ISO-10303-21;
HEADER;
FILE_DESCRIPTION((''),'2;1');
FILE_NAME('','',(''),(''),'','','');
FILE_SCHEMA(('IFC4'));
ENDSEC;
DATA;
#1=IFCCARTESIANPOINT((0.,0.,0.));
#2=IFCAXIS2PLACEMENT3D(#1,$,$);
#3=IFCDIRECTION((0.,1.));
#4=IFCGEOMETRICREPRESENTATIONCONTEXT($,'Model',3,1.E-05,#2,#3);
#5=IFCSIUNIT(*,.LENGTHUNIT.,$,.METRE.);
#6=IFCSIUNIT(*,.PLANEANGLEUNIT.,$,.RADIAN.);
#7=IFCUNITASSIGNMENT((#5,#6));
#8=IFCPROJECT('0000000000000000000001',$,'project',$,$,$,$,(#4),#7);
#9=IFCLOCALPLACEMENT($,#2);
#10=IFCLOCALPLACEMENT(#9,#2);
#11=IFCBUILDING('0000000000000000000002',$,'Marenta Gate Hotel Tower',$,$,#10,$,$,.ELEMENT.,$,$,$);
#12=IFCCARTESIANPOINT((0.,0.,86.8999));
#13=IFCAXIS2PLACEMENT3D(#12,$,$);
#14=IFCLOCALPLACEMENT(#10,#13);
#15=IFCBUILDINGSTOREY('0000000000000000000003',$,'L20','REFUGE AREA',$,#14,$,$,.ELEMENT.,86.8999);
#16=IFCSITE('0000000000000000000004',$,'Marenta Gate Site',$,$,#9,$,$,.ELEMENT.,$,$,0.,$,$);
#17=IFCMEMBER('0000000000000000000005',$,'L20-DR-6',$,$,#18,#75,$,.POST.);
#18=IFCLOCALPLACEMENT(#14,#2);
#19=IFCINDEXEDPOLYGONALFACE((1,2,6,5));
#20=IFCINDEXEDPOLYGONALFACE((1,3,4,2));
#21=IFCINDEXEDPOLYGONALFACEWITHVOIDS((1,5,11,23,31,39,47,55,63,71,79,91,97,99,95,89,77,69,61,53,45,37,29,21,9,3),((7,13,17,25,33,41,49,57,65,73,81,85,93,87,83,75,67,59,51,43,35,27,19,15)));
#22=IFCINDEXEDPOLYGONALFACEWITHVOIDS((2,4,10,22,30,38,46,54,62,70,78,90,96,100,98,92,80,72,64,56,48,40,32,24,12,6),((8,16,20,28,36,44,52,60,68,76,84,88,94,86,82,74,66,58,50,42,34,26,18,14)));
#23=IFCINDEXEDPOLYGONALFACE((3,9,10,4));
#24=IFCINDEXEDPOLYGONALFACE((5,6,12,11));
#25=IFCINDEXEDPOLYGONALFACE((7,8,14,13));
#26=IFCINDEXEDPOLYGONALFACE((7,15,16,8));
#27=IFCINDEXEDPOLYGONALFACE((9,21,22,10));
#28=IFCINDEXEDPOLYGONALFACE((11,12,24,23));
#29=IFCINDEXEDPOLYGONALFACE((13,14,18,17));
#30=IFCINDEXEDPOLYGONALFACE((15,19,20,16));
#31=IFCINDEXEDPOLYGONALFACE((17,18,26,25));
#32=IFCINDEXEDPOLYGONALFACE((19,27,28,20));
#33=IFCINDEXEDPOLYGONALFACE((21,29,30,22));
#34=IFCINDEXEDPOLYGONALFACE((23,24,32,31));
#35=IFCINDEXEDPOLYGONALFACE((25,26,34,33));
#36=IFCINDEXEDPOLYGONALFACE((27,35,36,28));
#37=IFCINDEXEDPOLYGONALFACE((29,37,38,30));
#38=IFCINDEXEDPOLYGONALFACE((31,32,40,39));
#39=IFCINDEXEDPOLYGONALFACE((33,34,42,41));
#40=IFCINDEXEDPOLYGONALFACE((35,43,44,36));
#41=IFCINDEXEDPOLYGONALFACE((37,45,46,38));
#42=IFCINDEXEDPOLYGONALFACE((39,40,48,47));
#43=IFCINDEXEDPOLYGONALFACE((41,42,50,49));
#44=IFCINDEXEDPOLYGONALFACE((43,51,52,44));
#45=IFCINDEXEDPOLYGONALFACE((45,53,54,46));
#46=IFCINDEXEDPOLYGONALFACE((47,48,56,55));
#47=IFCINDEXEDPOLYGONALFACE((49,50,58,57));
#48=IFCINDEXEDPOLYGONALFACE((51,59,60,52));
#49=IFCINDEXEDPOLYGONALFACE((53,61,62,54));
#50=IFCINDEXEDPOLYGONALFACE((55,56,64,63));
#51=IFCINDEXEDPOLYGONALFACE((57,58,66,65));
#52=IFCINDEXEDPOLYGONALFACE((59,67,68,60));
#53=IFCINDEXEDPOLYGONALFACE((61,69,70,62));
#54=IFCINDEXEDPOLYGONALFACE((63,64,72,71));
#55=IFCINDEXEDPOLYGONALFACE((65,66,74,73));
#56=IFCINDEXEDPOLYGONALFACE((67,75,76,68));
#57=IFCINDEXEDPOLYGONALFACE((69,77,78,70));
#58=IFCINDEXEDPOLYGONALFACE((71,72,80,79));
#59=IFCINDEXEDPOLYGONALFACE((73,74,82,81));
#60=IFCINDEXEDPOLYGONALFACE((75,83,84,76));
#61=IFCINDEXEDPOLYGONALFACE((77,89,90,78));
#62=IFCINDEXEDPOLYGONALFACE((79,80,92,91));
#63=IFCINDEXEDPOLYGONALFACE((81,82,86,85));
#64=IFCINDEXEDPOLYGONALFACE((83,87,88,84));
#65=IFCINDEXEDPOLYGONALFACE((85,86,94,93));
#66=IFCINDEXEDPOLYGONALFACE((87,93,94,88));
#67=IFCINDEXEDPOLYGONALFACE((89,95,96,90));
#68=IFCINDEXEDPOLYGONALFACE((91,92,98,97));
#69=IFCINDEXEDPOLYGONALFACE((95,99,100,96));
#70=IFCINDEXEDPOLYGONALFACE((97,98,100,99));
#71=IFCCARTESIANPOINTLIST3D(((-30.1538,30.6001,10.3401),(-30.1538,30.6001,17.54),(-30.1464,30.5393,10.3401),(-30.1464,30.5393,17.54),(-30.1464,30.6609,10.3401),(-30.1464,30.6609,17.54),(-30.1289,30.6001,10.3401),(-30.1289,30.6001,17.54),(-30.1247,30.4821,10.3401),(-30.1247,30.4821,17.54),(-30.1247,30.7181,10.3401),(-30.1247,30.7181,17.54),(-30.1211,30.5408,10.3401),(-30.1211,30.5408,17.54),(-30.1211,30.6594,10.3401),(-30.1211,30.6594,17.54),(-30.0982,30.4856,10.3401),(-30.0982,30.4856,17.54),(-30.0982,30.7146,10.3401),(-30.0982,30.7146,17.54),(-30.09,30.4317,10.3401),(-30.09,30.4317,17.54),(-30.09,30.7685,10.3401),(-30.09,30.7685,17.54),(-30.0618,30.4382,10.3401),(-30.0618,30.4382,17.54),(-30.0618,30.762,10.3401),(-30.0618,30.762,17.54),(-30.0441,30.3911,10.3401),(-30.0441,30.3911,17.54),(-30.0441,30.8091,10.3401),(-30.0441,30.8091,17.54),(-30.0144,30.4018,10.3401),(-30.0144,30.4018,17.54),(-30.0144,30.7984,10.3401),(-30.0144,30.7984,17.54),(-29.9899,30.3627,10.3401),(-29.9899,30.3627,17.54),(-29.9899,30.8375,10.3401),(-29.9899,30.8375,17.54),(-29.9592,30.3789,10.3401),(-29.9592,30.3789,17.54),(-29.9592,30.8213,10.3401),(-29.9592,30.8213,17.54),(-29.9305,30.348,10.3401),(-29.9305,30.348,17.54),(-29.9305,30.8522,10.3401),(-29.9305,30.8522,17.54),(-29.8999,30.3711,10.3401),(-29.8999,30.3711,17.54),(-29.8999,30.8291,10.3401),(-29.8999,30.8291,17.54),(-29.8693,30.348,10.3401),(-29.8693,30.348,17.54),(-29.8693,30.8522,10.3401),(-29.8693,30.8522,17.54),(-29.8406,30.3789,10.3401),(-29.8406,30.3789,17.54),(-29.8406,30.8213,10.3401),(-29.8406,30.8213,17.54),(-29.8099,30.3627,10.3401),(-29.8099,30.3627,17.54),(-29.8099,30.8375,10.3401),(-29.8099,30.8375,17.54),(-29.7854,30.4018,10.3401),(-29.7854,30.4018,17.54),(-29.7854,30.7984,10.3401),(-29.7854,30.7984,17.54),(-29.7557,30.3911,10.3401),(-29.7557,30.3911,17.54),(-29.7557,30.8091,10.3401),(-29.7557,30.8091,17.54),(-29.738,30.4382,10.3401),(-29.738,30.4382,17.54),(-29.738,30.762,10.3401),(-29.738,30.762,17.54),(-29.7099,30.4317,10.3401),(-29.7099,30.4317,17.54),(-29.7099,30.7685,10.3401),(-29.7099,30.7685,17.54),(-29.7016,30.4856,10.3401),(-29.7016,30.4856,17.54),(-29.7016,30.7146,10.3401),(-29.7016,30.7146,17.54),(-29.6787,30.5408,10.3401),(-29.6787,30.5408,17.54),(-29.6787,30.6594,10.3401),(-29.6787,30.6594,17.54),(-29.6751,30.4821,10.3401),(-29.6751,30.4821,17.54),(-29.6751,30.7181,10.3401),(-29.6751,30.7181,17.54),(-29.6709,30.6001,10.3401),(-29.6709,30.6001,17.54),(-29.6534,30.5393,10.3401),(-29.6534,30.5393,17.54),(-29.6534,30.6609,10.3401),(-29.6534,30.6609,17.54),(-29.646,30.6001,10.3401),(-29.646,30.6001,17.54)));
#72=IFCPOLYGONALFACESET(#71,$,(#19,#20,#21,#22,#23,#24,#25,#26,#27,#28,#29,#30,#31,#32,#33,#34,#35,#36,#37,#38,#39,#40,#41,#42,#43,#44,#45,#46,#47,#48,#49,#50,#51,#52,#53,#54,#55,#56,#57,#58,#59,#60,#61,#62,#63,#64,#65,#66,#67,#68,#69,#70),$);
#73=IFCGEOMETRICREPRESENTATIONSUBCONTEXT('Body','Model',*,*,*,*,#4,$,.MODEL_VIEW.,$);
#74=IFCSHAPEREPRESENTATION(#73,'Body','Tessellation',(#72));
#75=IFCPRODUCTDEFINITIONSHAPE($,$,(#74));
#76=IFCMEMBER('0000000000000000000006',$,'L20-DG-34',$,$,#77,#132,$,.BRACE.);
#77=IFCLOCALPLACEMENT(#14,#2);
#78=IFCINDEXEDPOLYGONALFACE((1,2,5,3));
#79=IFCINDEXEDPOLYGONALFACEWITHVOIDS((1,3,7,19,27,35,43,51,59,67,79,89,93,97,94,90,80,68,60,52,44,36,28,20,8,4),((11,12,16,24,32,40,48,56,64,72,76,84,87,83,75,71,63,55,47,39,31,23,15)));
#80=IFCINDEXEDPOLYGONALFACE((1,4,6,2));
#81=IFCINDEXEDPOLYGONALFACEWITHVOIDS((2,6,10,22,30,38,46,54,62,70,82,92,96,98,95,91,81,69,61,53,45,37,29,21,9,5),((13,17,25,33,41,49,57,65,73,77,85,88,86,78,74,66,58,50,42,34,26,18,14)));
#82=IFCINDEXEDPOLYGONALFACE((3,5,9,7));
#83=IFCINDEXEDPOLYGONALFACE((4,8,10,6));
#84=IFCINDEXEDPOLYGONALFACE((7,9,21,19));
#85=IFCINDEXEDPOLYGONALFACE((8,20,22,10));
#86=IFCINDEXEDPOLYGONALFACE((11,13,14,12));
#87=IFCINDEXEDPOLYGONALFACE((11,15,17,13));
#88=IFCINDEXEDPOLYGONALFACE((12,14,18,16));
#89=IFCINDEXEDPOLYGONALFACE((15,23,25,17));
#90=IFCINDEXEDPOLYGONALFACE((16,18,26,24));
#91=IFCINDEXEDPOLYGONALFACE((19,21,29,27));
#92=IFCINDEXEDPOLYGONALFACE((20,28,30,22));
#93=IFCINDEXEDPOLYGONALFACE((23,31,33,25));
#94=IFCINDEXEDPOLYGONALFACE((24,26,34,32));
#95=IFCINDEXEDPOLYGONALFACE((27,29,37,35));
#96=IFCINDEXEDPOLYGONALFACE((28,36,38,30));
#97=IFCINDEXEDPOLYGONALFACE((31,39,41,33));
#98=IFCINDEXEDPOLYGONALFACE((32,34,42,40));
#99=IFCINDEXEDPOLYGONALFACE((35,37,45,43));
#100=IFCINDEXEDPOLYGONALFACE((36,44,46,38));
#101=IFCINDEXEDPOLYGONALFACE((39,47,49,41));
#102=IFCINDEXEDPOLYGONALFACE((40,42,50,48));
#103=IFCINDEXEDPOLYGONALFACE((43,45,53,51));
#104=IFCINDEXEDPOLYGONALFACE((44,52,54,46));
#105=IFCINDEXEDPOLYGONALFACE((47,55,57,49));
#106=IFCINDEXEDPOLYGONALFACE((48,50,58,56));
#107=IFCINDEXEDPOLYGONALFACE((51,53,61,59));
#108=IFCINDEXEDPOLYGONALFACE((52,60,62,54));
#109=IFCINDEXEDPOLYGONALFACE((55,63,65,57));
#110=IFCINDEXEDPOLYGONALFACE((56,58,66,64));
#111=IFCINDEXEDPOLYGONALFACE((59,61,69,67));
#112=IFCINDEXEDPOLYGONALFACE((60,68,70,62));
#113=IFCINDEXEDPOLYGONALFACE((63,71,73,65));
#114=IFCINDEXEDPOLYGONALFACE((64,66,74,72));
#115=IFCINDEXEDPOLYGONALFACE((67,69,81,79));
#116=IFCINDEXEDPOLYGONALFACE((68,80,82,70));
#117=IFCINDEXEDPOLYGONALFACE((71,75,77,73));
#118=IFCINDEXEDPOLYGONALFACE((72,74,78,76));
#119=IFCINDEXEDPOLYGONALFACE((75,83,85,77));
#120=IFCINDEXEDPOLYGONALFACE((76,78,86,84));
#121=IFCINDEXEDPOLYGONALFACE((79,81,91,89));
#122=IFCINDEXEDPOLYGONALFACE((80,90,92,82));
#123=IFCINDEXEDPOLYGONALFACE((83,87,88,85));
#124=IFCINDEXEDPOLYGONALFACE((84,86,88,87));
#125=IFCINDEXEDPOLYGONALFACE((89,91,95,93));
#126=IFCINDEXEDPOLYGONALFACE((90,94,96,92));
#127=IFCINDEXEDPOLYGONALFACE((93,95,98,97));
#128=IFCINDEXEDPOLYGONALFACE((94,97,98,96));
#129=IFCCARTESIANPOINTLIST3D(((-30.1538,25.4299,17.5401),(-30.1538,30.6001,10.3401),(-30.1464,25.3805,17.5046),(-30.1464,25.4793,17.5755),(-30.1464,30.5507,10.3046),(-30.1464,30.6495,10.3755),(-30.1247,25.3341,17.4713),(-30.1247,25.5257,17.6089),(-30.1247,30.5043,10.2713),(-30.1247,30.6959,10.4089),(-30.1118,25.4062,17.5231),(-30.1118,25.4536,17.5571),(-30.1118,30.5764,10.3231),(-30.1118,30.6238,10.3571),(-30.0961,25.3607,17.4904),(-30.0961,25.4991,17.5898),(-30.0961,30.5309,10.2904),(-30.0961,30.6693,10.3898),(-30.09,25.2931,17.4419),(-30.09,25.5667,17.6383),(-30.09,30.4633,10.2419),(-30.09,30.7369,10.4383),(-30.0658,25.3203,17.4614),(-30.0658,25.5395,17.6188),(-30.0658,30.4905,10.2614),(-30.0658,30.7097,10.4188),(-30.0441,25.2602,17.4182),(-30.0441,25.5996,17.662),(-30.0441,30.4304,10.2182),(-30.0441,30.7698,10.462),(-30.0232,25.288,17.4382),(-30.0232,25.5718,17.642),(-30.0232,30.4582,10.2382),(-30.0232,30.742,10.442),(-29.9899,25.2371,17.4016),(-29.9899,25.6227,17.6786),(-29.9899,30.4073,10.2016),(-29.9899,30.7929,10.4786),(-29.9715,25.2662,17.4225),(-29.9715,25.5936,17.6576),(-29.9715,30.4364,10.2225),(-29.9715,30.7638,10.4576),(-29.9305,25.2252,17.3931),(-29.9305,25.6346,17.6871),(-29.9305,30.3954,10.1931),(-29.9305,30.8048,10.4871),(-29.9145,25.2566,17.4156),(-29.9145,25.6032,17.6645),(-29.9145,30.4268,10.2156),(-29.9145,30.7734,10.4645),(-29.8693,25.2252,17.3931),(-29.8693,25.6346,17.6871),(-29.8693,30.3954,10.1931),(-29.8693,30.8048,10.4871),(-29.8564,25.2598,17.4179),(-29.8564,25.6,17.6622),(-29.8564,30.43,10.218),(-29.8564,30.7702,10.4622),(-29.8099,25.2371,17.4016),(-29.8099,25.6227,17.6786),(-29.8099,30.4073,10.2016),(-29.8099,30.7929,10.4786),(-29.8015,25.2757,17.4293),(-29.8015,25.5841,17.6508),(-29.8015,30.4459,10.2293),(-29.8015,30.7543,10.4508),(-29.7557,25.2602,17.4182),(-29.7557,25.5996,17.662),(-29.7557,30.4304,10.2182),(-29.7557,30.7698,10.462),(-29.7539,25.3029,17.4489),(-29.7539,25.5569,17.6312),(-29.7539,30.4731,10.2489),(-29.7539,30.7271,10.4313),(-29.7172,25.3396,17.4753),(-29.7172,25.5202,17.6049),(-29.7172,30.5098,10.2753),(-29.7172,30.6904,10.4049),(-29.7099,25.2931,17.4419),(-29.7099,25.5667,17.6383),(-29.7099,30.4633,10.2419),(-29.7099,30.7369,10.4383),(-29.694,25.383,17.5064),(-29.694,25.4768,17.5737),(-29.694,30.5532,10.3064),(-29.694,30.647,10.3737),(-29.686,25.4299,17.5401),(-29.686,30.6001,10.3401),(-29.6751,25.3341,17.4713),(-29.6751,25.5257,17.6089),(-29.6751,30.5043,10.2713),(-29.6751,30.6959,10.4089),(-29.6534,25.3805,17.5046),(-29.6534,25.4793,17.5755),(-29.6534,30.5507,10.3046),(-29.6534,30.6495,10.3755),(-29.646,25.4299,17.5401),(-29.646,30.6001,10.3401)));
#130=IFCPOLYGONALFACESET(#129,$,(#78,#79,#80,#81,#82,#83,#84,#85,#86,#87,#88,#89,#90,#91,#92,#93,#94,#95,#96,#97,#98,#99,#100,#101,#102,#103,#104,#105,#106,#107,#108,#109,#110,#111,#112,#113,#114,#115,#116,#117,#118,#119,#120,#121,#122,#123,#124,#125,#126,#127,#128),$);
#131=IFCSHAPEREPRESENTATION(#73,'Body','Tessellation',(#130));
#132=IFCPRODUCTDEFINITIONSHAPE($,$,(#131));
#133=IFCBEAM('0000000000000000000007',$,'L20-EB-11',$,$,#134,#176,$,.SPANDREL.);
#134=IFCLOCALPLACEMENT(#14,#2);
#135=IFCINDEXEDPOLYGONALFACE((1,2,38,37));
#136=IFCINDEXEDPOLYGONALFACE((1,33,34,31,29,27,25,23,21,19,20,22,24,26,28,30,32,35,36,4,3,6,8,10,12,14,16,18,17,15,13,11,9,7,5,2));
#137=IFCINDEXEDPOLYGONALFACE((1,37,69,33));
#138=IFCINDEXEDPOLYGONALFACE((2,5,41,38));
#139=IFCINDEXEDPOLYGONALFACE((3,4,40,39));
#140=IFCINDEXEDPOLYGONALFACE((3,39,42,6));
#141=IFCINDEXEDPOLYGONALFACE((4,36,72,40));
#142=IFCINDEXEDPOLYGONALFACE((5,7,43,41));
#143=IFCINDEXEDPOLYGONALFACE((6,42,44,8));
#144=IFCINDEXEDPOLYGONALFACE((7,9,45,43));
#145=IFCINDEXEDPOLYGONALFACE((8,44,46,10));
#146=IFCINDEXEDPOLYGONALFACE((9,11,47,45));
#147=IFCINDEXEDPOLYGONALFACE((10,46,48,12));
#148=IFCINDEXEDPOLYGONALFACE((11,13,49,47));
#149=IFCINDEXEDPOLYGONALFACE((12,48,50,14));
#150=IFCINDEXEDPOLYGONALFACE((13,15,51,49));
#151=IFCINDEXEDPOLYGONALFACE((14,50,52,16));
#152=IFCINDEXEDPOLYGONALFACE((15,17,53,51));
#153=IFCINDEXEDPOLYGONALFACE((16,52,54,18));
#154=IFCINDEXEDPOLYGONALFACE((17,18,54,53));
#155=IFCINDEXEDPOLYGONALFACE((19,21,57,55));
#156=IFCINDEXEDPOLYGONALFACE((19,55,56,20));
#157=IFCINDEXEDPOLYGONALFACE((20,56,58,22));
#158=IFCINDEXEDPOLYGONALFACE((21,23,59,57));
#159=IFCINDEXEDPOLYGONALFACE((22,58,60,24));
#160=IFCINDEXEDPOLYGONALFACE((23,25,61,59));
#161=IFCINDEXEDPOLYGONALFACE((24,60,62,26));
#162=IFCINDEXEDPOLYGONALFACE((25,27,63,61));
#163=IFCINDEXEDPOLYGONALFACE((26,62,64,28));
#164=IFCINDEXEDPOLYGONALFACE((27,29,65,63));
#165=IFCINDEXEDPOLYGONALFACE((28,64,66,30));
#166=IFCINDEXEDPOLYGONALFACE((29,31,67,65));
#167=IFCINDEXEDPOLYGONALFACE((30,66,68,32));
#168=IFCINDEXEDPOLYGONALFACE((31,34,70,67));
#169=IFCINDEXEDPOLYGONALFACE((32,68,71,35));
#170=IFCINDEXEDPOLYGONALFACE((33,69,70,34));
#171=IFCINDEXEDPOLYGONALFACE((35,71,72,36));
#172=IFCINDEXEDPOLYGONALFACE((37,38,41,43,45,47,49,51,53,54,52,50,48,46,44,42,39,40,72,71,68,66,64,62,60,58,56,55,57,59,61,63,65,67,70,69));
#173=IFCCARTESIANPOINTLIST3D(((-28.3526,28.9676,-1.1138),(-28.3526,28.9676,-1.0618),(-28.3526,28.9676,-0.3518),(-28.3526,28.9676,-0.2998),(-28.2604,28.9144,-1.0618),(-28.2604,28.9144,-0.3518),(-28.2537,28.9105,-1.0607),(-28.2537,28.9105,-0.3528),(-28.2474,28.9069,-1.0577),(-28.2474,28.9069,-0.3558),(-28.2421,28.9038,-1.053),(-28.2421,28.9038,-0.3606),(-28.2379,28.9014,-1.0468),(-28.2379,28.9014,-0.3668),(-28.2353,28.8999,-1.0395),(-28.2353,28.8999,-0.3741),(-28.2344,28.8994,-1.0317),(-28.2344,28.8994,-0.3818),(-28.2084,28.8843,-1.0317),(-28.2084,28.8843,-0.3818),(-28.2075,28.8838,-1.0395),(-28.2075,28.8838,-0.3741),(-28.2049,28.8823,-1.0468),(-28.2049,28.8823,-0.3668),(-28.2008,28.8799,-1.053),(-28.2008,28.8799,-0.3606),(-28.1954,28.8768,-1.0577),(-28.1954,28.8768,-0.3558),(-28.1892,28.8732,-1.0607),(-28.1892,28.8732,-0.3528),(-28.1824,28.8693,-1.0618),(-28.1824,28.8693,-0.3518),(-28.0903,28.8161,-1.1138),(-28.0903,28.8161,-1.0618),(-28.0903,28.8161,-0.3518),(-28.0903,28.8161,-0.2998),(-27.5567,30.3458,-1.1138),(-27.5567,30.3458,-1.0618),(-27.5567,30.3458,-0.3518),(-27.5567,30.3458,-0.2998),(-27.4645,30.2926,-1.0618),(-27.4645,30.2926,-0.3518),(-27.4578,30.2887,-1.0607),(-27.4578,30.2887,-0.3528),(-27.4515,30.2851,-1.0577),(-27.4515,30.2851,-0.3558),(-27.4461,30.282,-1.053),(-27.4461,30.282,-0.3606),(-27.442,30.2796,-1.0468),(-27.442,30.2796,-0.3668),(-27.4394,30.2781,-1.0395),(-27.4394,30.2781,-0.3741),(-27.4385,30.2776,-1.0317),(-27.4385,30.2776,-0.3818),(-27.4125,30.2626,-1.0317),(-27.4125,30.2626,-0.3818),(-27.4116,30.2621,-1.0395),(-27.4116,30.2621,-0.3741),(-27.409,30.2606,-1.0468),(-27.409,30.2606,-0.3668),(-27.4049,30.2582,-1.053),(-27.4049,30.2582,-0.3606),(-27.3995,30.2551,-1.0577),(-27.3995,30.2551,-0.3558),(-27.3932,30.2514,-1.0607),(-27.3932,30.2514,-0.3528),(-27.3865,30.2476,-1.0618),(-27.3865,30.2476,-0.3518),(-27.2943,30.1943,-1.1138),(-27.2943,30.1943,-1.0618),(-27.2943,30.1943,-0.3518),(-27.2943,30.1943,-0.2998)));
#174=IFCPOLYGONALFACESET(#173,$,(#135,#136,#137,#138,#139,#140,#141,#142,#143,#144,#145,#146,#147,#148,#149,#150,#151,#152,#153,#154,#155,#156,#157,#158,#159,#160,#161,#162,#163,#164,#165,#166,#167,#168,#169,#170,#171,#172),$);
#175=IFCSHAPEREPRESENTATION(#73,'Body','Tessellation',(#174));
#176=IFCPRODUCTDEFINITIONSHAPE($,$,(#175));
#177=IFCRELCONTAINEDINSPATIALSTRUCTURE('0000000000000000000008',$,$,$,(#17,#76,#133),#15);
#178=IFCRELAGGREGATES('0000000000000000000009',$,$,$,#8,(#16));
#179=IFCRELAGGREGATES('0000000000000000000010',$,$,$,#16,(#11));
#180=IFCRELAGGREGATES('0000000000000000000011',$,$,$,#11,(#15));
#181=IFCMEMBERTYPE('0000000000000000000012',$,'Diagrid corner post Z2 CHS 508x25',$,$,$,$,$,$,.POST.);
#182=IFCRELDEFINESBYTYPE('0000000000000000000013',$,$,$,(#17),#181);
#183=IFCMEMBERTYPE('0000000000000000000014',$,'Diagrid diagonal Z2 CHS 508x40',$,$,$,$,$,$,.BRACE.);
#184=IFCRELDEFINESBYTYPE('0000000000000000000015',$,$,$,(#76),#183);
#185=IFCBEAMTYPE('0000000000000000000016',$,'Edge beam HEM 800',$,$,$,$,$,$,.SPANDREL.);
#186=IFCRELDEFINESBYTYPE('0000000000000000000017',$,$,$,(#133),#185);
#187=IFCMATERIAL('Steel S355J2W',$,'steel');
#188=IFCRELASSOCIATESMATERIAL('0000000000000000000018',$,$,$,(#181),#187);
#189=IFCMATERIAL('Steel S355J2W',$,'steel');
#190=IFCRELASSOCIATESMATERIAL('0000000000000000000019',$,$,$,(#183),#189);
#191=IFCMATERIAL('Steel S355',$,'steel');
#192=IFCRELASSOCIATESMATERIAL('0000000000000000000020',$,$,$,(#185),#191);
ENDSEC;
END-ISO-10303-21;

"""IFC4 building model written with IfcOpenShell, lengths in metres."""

from ifc_helpers import new_model, si_unit, direction, frame, origin, origin_2d, place, context, subcontext, project, spatial, hollow_circle, i_section, extrude, material, material_profile, profile_set, type_object, element, save


model = new_model("IFC4")

# Units and contexts
model_context = context("Model", 3, precision=1e-05, world=origin(), true_north=direction((0.0, 1.0)))
body_context = subcontext(model_context, "Body", "Model", "MODEL_VIEW")
ifc_project = project(units=[si_unit("LENGTHUNIT", "METRE"), si_unit("PLANEANGLEUNIT", "RADIAN")], contexts=[model_context])

# Site, building, storey
site_placement = place(None, origin())
site = spatial("IfcSite", under=ifc_project, at=site_placement, Name="Marenta Gate Site", CompositionType="ELEMENT", RefElevation=0.0)
building_placement = place(site_placement, origin())
building = spatial("IfcBuilding", under=site, at=building_placement, Name="Marenta Gate Hotel Tower", CompositionType="ELEMENT")
storey_placement = place(building_placement, frame((0.0, 0.0, 86.8999)))
storey = spatial("IfcBuildingStorey", under=building, at=storey_placement, Name="L20", Description="REFUGE AREA", CompositionType="ELEMENT", Elevation=86.8999)

# Members
ifc_material_1 = material(Name="Steel S355J2W", Category="steel")
ifc_material_profile_1 = material_profile(ifc_material_1, hollow_circle(Radius=0.2539, WallThickness=0.0249, at=origin_2d()), Name="CHS 508x25")
ifc_profile_set_1 = profile_set([ifc_material_profile_1], Name="Steel S355J2W")
member_type_1 = type_object("IfcMemberType", Name="Diagrid corner post Z2 CHS 508x25", PredefinedType="POST", material=ifc_profile_set_1)
member_1_placement = place(storey_placement, frame((-29.8999, 30.6001, 10.3401), z_axis=(0.0, 0.0, 1.0), x_axis=(1.0, 0.0, 0.0)))
element("IfcMember", 1, at=member_1_placement, inside=storey, type_object=member_type_1, Name="L20-DR-6", PredefinedType="POST", context=body_context, shape_type="SweptSolid", body=[
    extrude(hollow_circle(Radius=0.2539, WallThickness=0.0249, at=origin_2d()), origin(), (0.0, 0.0, 1.0), 7.2),
])
ifc_material_2 = material(Name="Steel S355J2W", Category="steel")
ifc_material_profile_2 = material_profile(ifc_material_2, hollow_circle(Radius=0.2539, WallThickness=0.04, at=origin_2d()), Name="CHS 508x40")
ifc_profile_set_2 = profile_set([ifc_material_profile_2], Name="Steel S355J2W")
member_type_2 = type_object("IfcMemberType", Name="Diagrid diagonal Z2 CHS 508x40", PredefinedType="BRACE", material=ifc_profile_set_2)
member_2_placement = place(storey_placement, frame((-29.8999, 30.6001, 10.3401), z_axis=(0.0, -0.583279, 0.812272), x_axis=(1.0, 0.0, 0.0)))
element("IfcMember", 2, at=member_2_placement, inside=storey, type_object=member_type_2, Name="L20-DG-34", PredefinedType="BRACE", context=body_context, shape_type="SweptSolid", body=[
    extrude(hollow_circle(Radius=0.2539, WallThickness=0.04, at=origin_2d()), origin(), (0.0, 0.0, 1.0), 8.864),
])

# Beam
ifc_material_3 = material(Name="Steel S355", Category="steel")
ifc_material_profile_3 = material_profile(ifc_material_3, i_section(OverallWidth=0.303, OverallDepth=0.814, WebThickness=0.03, FlangeThickness=0.052, FilletRadius=0.03, at=origin_2d()), Name="HEM 800")
ifc_profile_set_3 = profile_set([ifc_material_profile_3], Name="Steel S355")
beam_type_1 = type_object("IfcBeamType", Name="Edge beam HEM 800", PredefinedType="SPANDREL", material=ifc_profile_set_3)
beam_1_placement = place(storey_placement, frame((-28.2214, 28.8918, -0.7068), z_axis=(0.500099, 0.865968, 0.0), x_axis=(-0.865968, 0.500099, 0.0)))
element("IfcBeam", 3, at=beam_1_placement, inside=storey, type_object=beam_type_1, Name="L20-EB-11", PredefinedType="SPANDREL", context=body_context, shape_type="SweptSolid", body=[
    extrude(i_section(OverallWidth=0.303, OverallDepth=0.814, WebThickness=0.03, FlangeThickness=0.052, FilletRadius=0.03, at=origin_2d()), origin(), (0.0, 0.0, 1.0), 1.5916),
])

save(model, "model.ifc")
